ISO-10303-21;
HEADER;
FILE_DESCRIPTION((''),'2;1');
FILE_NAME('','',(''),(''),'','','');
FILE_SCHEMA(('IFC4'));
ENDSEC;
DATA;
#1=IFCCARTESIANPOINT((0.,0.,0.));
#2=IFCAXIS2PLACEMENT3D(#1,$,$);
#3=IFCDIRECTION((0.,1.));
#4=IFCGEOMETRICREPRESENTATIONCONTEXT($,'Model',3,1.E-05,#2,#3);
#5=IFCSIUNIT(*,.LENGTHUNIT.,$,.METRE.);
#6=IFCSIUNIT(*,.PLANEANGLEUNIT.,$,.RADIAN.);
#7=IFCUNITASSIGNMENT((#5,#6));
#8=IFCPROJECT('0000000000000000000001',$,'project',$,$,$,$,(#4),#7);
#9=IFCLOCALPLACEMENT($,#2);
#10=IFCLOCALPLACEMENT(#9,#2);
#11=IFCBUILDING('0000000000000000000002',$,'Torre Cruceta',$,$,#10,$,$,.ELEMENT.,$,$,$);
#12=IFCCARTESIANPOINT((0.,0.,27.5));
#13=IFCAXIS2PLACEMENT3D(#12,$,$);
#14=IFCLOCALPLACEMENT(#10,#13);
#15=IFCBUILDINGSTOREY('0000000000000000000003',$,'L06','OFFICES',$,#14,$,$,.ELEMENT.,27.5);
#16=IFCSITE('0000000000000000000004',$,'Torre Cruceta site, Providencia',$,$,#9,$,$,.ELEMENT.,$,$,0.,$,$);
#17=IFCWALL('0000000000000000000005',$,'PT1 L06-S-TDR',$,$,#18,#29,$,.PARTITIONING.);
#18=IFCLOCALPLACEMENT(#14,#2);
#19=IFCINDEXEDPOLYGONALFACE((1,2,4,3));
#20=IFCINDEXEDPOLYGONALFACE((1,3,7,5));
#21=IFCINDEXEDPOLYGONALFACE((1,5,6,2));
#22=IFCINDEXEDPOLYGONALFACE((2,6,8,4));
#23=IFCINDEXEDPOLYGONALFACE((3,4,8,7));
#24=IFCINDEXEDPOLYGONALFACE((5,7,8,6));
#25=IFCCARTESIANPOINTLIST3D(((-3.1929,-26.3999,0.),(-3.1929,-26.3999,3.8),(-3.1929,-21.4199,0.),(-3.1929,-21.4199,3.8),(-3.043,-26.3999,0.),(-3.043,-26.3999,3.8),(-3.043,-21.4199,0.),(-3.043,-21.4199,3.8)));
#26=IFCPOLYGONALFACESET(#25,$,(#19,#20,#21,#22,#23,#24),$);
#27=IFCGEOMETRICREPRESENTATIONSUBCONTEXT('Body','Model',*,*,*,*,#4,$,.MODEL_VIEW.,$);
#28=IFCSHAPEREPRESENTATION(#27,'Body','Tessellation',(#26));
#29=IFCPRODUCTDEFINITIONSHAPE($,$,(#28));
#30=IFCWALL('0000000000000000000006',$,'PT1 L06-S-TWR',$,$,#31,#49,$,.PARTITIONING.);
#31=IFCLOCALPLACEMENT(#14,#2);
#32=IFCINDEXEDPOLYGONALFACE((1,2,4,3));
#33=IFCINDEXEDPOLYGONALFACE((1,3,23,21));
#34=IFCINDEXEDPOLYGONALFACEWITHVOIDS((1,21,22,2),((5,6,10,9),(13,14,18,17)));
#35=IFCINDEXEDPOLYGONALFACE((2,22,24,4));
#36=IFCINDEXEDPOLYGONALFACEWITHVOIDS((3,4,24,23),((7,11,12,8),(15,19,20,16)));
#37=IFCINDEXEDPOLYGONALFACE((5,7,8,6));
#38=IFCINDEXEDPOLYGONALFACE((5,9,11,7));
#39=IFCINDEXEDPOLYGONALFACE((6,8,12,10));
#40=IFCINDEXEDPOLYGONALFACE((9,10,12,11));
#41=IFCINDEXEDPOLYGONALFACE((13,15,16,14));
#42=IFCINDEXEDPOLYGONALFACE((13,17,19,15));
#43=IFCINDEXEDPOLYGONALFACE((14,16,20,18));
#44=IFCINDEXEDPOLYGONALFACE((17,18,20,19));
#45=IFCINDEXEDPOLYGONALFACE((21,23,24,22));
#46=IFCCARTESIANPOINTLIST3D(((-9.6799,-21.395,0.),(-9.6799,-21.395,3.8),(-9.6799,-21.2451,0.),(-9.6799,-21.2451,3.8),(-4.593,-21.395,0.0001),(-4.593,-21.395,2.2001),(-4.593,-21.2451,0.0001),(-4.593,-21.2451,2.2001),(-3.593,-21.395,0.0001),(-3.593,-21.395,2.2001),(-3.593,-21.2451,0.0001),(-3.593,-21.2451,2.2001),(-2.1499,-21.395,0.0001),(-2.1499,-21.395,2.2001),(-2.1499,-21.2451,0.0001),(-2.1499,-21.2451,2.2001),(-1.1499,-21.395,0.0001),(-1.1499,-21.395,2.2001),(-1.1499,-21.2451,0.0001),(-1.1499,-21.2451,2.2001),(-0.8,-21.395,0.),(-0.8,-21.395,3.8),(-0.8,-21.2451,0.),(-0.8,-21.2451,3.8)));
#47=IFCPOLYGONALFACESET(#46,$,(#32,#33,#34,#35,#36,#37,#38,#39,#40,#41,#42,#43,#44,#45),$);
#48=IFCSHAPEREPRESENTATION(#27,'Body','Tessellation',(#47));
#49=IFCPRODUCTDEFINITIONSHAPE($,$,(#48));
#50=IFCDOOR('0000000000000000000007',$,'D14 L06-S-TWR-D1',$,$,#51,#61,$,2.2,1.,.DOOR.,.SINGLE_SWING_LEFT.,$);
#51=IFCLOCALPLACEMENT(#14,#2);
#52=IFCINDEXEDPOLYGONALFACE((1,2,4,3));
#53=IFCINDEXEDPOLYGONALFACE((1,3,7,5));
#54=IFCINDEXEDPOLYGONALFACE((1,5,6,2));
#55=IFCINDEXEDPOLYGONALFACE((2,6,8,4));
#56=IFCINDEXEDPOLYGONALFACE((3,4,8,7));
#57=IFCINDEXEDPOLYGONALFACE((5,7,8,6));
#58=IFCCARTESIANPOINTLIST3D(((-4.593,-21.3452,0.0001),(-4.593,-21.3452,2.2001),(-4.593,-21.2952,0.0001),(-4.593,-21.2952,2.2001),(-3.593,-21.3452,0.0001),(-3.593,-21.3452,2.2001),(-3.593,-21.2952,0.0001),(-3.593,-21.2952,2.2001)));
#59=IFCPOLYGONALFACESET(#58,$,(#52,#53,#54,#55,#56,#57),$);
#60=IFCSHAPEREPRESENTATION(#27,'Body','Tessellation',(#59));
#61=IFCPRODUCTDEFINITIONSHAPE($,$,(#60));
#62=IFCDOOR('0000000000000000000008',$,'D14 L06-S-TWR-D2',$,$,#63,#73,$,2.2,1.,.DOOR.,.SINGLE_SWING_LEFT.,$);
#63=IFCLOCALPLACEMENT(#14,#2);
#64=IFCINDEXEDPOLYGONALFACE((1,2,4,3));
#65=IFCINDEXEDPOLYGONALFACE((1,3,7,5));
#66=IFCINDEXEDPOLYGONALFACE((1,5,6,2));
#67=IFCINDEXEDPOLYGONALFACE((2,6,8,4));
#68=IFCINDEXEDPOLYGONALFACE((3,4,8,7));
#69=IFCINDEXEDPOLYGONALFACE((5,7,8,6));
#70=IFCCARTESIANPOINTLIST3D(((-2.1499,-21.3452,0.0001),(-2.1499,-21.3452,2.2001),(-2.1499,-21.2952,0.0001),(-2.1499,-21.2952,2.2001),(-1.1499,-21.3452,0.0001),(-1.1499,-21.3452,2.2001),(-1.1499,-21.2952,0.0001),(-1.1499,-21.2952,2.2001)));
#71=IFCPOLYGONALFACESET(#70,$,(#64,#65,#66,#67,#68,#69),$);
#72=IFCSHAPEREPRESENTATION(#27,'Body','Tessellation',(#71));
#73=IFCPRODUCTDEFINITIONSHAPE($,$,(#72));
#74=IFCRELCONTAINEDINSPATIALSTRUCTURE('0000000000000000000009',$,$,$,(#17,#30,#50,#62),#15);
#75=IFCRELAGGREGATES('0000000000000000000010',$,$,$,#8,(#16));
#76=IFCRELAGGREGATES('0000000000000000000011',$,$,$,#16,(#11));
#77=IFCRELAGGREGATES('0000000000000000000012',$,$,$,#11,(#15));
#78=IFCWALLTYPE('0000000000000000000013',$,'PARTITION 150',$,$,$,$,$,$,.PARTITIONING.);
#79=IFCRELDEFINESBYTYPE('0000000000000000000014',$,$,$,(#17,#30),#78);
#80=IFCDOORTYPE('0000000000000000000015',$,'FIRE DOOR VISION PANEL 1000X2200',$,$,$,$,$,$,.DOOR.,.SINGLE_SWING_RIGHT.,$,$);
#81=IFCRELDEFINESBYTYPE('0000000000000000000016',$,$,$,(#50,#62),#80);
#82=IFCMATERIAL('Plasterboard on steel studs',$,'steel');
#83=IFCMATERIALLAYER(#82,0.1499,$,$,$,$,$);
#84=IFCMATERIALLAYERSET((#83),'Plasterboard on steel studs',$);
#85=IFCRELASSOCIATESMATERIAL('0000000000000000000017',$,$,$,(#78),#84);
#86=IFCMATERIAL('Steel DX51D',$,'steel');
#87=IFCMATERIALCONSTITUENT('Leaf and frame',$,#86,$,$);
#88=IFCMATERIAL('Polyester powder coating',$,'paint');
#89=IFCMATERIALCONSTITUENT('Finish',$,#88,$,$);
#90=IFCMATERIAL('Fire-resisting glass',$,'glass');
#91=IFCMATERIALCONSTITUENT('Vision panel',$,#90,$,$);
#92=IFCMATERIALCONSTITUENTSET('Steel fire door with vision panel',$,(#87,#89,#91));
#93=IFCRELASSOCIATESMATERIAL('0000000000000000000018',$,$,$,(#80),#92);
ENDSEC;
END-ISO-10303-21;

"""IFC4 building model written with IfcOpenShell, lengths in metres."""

from ifc_helpers import new_model, si_unit, direction, frame, frame_2d, origin, place, context, subcontext, project, spatial, rectangle, extrude, material, layer, layer_set, constituent, constituent_set, type_object, element, fill, save


model = new_model("IFC4")

# Units and contexts
model_context = context("Model", 3, precision=1e-05, world=origin(), true_north=direction((0.0, 1.0)))
body_context = subcontext(model_context, "Body", "Model", "MODEL_VIEW")
ifc_project = project(units=[si_unit("LENGTHUNIT", "METRE"), si_unit("PLANEANGLEUNIT", "RADIAN")], contexts=[model_context])

# Site, building, storey
site_placement = place(None, origin())
site = spatial("IfcSite", under=ifc_project, at=site_placement, Name="Torre Cruceta site, Providencia", CompositionType="ELEMENT", RefElevation=0.0)
building_placement = place(site_placement, origin())
building = spatial("IfcBuilding", under=site, at=building_placement, Name="Torre Cruceta", CompositionType="ELEMENT")
storey_placement = place(building_placement, frame((0.0, 0.0, 27.5)))
storey = spatial("IfcBuildingStorey", under=building, at=storey_placement, Name="L06", Description="OFFICES", CompositionType="ELEMENT", Elevation=27.5)

# Wall
ifc_material_1 = material(Name="Plasterboard on steel studs", Category="steel")
ifc_layer_1 = layer(ifc_material_1, 0.1499)
ifc_layer_set_1 = layer_set([ifc_layer_1], Name="Plasterboard on steel studs")
wall_type_1 = type_object("IfcWallType", Name="PARTITION 150", PredefinedType="PARTITIONING", material=ifc_layer_set_1)
wall_1_placement = place(storey_placement, frame((-3.1179, -21.4199, 0.0), z_axis=(0.0, 0.0, 1.0), x_axis=(0.0, -1.0, 0.0)))
element("IfcWall", 1, at=wall_1_placement, inside=storey, type_object=wall_type_1, Name="PT1 L06-S-TDR", PredefinedType="PARTITIONING", context=body_context, shape_type="SweptSolid", body=[
    extrude(rectangle(XDim=4.98, YDim=0.1499, at=frame_2d((2.49, 0.0))), origin(), (0.0, 0.0, 1.0), 3.8),
])

# Wall, openings, doors
wall_2_placement = place(storey_placement, frame((-9.6799, -21.3201, 0.0), z_axis=(0.0, 0.0, 1.0), x_axis=(1.0, 0.0, 0.0)))
wall_2 = element("IfcWall", 2, at=wall_2_placement, inside=storey, type_object=wall_type_1, Name="PT1 L06-S-TWR", PredefinedType="PARTITIONING", context=body_context, shape_type="SweptSolid", body=[
    extrude(rectangle(XDim=8.8799, YDim=0.1499, at=frame_2d((4.4399, 0.0))), origin(), (0.0, 0.0, 1.0), 3.8),
])
opening_1_placement = place(wall_2_placement, frame((5.0869, 0.0, 0.0)))
opening_1 = element("IfcOpeningElement", 3, at=opening_1_placement, cuts=wall_2, PredefinedType="OPENING", context=body_context, shape_type="SweptSolid", body=[
    extrude(rectangle(XDim=1.0, YDim=2.2, at=frame_2d((0.5, 1.1001))), frame((0.0, 0.085, 0.0), z_axis=(0.0, -1.0, 0.0), x_axis=(1.0, 0.0, 0.0)), (0.0, 0.0, 1.0), 0.1699),
])
opening_2_placement = place(wall_2_placement, frame((7.53, 0.0, 0.0)))
opening_2 = element("IfcOpeningElement", 4, at=opening_2_placement, cuts=wall_2, PredefinedType="OPENING", context=body_context, shape_type="SweptSolid", body=[
    extrude(rectangle(XDim=1.0, YDim=2.2, at=frame_2d((0.5, 1.1001))), frame((0.0, 0.085, 0.0), z_axis=(0.0, -1.0, 0.0), x_axis=(1.0, 0.0, 0.0)), (0.0, 0.0, 1.0), 0.1699),
])
ifc_material_2 = material(Name="Steel DX51D", Category="steel")
ifc_constituent_1 = constituent(ifc_material_2, Name="Leaf and frame")
ifc_material_3 = material(Name="Polyester powder coating", Category="paint")
ifc_constituent_2 = constituent(ifc_material_3, Name="Finish")
ifc_material_4 = material(Name="Fire-resisting glass", Category="glass")
ifc_constituent_3 = constituent(ifc_material_4, Name="Vision panel")
ifc_constituent_set_1 = constituent_set(constituents=[ifc_constituent_1, ifc_constituent_2, ifc_constituent_3], Name="Steel fire door with vision panel")
door_type = type_object("IfcDoorType", Name="FIRE DOOR VISION PANEL 1000X2200", OperationType="SINGLE_SWING_RIGHT", PredefinedType="DOOR", material=ifc_constituent_set_1)
door_1_placement = place(opening_1_placement, frame((1.0, 0.0, 0.0), z_axis=(0.0, 0.0, 1.0), x_axis=(-1.0, 0.0, 0.0)))
door_1 = element("IfcDoor", 5, at=door_1_placement, inside=storey, type_object=door_type, Name="D14 L06-S-TWR-D1", OperationType="SINGLE_SWING_LEFT", OverallHeight=2.2, OverallWidth=1.0, PredefinedType="DOOR", context=body_context, shape_type="SweptSolid", body=[
    extrude(rectangle(XDim=1.0, YDim=2.2, at=frame_2d((0.5, 1.1001))), frame((0.0, 0.0251, 0.0), z_axis=(0.0, -1.0, 0.0), x_axis=(1.0, 0.0, 0.0)), (0.0, 0.0, 1.0), 0.05),
])
fill(opening_1, door_1)
door_2_placement = place(opening_2_placement, frame((1.0, 0.0, 0.0), z_axis=(0.0, 0.0, 1.0), x_axis=(-1.0, 0.0, 0.0)))
door_2 = element("IfcDoor", 6, at=door_2_placement, inside=storey, type_object=door_type, Name="D14 L06-S-TWR-D2", OperationType="SINGLE_SWING_LEFT", OverallHeight=2.2, OverallWidth=1.0, PredefinedType="DOOR", context=body_context, shape_type="SweptSolid", body=[
    extrude(rectangle(XDim=1.0, YDim=2.2, at=frame_2d((0.5, 1.1001))), frame((0.0, 0.0251, 0.0), z_axis=(0.0, -1.0, 0.0), x_axis=(1.0, 0.0, 0.0)), (0.0, 0.0, 1.0), 0.05),
])
fill(opening_2, door_2)

save(model, "model.ifc")
